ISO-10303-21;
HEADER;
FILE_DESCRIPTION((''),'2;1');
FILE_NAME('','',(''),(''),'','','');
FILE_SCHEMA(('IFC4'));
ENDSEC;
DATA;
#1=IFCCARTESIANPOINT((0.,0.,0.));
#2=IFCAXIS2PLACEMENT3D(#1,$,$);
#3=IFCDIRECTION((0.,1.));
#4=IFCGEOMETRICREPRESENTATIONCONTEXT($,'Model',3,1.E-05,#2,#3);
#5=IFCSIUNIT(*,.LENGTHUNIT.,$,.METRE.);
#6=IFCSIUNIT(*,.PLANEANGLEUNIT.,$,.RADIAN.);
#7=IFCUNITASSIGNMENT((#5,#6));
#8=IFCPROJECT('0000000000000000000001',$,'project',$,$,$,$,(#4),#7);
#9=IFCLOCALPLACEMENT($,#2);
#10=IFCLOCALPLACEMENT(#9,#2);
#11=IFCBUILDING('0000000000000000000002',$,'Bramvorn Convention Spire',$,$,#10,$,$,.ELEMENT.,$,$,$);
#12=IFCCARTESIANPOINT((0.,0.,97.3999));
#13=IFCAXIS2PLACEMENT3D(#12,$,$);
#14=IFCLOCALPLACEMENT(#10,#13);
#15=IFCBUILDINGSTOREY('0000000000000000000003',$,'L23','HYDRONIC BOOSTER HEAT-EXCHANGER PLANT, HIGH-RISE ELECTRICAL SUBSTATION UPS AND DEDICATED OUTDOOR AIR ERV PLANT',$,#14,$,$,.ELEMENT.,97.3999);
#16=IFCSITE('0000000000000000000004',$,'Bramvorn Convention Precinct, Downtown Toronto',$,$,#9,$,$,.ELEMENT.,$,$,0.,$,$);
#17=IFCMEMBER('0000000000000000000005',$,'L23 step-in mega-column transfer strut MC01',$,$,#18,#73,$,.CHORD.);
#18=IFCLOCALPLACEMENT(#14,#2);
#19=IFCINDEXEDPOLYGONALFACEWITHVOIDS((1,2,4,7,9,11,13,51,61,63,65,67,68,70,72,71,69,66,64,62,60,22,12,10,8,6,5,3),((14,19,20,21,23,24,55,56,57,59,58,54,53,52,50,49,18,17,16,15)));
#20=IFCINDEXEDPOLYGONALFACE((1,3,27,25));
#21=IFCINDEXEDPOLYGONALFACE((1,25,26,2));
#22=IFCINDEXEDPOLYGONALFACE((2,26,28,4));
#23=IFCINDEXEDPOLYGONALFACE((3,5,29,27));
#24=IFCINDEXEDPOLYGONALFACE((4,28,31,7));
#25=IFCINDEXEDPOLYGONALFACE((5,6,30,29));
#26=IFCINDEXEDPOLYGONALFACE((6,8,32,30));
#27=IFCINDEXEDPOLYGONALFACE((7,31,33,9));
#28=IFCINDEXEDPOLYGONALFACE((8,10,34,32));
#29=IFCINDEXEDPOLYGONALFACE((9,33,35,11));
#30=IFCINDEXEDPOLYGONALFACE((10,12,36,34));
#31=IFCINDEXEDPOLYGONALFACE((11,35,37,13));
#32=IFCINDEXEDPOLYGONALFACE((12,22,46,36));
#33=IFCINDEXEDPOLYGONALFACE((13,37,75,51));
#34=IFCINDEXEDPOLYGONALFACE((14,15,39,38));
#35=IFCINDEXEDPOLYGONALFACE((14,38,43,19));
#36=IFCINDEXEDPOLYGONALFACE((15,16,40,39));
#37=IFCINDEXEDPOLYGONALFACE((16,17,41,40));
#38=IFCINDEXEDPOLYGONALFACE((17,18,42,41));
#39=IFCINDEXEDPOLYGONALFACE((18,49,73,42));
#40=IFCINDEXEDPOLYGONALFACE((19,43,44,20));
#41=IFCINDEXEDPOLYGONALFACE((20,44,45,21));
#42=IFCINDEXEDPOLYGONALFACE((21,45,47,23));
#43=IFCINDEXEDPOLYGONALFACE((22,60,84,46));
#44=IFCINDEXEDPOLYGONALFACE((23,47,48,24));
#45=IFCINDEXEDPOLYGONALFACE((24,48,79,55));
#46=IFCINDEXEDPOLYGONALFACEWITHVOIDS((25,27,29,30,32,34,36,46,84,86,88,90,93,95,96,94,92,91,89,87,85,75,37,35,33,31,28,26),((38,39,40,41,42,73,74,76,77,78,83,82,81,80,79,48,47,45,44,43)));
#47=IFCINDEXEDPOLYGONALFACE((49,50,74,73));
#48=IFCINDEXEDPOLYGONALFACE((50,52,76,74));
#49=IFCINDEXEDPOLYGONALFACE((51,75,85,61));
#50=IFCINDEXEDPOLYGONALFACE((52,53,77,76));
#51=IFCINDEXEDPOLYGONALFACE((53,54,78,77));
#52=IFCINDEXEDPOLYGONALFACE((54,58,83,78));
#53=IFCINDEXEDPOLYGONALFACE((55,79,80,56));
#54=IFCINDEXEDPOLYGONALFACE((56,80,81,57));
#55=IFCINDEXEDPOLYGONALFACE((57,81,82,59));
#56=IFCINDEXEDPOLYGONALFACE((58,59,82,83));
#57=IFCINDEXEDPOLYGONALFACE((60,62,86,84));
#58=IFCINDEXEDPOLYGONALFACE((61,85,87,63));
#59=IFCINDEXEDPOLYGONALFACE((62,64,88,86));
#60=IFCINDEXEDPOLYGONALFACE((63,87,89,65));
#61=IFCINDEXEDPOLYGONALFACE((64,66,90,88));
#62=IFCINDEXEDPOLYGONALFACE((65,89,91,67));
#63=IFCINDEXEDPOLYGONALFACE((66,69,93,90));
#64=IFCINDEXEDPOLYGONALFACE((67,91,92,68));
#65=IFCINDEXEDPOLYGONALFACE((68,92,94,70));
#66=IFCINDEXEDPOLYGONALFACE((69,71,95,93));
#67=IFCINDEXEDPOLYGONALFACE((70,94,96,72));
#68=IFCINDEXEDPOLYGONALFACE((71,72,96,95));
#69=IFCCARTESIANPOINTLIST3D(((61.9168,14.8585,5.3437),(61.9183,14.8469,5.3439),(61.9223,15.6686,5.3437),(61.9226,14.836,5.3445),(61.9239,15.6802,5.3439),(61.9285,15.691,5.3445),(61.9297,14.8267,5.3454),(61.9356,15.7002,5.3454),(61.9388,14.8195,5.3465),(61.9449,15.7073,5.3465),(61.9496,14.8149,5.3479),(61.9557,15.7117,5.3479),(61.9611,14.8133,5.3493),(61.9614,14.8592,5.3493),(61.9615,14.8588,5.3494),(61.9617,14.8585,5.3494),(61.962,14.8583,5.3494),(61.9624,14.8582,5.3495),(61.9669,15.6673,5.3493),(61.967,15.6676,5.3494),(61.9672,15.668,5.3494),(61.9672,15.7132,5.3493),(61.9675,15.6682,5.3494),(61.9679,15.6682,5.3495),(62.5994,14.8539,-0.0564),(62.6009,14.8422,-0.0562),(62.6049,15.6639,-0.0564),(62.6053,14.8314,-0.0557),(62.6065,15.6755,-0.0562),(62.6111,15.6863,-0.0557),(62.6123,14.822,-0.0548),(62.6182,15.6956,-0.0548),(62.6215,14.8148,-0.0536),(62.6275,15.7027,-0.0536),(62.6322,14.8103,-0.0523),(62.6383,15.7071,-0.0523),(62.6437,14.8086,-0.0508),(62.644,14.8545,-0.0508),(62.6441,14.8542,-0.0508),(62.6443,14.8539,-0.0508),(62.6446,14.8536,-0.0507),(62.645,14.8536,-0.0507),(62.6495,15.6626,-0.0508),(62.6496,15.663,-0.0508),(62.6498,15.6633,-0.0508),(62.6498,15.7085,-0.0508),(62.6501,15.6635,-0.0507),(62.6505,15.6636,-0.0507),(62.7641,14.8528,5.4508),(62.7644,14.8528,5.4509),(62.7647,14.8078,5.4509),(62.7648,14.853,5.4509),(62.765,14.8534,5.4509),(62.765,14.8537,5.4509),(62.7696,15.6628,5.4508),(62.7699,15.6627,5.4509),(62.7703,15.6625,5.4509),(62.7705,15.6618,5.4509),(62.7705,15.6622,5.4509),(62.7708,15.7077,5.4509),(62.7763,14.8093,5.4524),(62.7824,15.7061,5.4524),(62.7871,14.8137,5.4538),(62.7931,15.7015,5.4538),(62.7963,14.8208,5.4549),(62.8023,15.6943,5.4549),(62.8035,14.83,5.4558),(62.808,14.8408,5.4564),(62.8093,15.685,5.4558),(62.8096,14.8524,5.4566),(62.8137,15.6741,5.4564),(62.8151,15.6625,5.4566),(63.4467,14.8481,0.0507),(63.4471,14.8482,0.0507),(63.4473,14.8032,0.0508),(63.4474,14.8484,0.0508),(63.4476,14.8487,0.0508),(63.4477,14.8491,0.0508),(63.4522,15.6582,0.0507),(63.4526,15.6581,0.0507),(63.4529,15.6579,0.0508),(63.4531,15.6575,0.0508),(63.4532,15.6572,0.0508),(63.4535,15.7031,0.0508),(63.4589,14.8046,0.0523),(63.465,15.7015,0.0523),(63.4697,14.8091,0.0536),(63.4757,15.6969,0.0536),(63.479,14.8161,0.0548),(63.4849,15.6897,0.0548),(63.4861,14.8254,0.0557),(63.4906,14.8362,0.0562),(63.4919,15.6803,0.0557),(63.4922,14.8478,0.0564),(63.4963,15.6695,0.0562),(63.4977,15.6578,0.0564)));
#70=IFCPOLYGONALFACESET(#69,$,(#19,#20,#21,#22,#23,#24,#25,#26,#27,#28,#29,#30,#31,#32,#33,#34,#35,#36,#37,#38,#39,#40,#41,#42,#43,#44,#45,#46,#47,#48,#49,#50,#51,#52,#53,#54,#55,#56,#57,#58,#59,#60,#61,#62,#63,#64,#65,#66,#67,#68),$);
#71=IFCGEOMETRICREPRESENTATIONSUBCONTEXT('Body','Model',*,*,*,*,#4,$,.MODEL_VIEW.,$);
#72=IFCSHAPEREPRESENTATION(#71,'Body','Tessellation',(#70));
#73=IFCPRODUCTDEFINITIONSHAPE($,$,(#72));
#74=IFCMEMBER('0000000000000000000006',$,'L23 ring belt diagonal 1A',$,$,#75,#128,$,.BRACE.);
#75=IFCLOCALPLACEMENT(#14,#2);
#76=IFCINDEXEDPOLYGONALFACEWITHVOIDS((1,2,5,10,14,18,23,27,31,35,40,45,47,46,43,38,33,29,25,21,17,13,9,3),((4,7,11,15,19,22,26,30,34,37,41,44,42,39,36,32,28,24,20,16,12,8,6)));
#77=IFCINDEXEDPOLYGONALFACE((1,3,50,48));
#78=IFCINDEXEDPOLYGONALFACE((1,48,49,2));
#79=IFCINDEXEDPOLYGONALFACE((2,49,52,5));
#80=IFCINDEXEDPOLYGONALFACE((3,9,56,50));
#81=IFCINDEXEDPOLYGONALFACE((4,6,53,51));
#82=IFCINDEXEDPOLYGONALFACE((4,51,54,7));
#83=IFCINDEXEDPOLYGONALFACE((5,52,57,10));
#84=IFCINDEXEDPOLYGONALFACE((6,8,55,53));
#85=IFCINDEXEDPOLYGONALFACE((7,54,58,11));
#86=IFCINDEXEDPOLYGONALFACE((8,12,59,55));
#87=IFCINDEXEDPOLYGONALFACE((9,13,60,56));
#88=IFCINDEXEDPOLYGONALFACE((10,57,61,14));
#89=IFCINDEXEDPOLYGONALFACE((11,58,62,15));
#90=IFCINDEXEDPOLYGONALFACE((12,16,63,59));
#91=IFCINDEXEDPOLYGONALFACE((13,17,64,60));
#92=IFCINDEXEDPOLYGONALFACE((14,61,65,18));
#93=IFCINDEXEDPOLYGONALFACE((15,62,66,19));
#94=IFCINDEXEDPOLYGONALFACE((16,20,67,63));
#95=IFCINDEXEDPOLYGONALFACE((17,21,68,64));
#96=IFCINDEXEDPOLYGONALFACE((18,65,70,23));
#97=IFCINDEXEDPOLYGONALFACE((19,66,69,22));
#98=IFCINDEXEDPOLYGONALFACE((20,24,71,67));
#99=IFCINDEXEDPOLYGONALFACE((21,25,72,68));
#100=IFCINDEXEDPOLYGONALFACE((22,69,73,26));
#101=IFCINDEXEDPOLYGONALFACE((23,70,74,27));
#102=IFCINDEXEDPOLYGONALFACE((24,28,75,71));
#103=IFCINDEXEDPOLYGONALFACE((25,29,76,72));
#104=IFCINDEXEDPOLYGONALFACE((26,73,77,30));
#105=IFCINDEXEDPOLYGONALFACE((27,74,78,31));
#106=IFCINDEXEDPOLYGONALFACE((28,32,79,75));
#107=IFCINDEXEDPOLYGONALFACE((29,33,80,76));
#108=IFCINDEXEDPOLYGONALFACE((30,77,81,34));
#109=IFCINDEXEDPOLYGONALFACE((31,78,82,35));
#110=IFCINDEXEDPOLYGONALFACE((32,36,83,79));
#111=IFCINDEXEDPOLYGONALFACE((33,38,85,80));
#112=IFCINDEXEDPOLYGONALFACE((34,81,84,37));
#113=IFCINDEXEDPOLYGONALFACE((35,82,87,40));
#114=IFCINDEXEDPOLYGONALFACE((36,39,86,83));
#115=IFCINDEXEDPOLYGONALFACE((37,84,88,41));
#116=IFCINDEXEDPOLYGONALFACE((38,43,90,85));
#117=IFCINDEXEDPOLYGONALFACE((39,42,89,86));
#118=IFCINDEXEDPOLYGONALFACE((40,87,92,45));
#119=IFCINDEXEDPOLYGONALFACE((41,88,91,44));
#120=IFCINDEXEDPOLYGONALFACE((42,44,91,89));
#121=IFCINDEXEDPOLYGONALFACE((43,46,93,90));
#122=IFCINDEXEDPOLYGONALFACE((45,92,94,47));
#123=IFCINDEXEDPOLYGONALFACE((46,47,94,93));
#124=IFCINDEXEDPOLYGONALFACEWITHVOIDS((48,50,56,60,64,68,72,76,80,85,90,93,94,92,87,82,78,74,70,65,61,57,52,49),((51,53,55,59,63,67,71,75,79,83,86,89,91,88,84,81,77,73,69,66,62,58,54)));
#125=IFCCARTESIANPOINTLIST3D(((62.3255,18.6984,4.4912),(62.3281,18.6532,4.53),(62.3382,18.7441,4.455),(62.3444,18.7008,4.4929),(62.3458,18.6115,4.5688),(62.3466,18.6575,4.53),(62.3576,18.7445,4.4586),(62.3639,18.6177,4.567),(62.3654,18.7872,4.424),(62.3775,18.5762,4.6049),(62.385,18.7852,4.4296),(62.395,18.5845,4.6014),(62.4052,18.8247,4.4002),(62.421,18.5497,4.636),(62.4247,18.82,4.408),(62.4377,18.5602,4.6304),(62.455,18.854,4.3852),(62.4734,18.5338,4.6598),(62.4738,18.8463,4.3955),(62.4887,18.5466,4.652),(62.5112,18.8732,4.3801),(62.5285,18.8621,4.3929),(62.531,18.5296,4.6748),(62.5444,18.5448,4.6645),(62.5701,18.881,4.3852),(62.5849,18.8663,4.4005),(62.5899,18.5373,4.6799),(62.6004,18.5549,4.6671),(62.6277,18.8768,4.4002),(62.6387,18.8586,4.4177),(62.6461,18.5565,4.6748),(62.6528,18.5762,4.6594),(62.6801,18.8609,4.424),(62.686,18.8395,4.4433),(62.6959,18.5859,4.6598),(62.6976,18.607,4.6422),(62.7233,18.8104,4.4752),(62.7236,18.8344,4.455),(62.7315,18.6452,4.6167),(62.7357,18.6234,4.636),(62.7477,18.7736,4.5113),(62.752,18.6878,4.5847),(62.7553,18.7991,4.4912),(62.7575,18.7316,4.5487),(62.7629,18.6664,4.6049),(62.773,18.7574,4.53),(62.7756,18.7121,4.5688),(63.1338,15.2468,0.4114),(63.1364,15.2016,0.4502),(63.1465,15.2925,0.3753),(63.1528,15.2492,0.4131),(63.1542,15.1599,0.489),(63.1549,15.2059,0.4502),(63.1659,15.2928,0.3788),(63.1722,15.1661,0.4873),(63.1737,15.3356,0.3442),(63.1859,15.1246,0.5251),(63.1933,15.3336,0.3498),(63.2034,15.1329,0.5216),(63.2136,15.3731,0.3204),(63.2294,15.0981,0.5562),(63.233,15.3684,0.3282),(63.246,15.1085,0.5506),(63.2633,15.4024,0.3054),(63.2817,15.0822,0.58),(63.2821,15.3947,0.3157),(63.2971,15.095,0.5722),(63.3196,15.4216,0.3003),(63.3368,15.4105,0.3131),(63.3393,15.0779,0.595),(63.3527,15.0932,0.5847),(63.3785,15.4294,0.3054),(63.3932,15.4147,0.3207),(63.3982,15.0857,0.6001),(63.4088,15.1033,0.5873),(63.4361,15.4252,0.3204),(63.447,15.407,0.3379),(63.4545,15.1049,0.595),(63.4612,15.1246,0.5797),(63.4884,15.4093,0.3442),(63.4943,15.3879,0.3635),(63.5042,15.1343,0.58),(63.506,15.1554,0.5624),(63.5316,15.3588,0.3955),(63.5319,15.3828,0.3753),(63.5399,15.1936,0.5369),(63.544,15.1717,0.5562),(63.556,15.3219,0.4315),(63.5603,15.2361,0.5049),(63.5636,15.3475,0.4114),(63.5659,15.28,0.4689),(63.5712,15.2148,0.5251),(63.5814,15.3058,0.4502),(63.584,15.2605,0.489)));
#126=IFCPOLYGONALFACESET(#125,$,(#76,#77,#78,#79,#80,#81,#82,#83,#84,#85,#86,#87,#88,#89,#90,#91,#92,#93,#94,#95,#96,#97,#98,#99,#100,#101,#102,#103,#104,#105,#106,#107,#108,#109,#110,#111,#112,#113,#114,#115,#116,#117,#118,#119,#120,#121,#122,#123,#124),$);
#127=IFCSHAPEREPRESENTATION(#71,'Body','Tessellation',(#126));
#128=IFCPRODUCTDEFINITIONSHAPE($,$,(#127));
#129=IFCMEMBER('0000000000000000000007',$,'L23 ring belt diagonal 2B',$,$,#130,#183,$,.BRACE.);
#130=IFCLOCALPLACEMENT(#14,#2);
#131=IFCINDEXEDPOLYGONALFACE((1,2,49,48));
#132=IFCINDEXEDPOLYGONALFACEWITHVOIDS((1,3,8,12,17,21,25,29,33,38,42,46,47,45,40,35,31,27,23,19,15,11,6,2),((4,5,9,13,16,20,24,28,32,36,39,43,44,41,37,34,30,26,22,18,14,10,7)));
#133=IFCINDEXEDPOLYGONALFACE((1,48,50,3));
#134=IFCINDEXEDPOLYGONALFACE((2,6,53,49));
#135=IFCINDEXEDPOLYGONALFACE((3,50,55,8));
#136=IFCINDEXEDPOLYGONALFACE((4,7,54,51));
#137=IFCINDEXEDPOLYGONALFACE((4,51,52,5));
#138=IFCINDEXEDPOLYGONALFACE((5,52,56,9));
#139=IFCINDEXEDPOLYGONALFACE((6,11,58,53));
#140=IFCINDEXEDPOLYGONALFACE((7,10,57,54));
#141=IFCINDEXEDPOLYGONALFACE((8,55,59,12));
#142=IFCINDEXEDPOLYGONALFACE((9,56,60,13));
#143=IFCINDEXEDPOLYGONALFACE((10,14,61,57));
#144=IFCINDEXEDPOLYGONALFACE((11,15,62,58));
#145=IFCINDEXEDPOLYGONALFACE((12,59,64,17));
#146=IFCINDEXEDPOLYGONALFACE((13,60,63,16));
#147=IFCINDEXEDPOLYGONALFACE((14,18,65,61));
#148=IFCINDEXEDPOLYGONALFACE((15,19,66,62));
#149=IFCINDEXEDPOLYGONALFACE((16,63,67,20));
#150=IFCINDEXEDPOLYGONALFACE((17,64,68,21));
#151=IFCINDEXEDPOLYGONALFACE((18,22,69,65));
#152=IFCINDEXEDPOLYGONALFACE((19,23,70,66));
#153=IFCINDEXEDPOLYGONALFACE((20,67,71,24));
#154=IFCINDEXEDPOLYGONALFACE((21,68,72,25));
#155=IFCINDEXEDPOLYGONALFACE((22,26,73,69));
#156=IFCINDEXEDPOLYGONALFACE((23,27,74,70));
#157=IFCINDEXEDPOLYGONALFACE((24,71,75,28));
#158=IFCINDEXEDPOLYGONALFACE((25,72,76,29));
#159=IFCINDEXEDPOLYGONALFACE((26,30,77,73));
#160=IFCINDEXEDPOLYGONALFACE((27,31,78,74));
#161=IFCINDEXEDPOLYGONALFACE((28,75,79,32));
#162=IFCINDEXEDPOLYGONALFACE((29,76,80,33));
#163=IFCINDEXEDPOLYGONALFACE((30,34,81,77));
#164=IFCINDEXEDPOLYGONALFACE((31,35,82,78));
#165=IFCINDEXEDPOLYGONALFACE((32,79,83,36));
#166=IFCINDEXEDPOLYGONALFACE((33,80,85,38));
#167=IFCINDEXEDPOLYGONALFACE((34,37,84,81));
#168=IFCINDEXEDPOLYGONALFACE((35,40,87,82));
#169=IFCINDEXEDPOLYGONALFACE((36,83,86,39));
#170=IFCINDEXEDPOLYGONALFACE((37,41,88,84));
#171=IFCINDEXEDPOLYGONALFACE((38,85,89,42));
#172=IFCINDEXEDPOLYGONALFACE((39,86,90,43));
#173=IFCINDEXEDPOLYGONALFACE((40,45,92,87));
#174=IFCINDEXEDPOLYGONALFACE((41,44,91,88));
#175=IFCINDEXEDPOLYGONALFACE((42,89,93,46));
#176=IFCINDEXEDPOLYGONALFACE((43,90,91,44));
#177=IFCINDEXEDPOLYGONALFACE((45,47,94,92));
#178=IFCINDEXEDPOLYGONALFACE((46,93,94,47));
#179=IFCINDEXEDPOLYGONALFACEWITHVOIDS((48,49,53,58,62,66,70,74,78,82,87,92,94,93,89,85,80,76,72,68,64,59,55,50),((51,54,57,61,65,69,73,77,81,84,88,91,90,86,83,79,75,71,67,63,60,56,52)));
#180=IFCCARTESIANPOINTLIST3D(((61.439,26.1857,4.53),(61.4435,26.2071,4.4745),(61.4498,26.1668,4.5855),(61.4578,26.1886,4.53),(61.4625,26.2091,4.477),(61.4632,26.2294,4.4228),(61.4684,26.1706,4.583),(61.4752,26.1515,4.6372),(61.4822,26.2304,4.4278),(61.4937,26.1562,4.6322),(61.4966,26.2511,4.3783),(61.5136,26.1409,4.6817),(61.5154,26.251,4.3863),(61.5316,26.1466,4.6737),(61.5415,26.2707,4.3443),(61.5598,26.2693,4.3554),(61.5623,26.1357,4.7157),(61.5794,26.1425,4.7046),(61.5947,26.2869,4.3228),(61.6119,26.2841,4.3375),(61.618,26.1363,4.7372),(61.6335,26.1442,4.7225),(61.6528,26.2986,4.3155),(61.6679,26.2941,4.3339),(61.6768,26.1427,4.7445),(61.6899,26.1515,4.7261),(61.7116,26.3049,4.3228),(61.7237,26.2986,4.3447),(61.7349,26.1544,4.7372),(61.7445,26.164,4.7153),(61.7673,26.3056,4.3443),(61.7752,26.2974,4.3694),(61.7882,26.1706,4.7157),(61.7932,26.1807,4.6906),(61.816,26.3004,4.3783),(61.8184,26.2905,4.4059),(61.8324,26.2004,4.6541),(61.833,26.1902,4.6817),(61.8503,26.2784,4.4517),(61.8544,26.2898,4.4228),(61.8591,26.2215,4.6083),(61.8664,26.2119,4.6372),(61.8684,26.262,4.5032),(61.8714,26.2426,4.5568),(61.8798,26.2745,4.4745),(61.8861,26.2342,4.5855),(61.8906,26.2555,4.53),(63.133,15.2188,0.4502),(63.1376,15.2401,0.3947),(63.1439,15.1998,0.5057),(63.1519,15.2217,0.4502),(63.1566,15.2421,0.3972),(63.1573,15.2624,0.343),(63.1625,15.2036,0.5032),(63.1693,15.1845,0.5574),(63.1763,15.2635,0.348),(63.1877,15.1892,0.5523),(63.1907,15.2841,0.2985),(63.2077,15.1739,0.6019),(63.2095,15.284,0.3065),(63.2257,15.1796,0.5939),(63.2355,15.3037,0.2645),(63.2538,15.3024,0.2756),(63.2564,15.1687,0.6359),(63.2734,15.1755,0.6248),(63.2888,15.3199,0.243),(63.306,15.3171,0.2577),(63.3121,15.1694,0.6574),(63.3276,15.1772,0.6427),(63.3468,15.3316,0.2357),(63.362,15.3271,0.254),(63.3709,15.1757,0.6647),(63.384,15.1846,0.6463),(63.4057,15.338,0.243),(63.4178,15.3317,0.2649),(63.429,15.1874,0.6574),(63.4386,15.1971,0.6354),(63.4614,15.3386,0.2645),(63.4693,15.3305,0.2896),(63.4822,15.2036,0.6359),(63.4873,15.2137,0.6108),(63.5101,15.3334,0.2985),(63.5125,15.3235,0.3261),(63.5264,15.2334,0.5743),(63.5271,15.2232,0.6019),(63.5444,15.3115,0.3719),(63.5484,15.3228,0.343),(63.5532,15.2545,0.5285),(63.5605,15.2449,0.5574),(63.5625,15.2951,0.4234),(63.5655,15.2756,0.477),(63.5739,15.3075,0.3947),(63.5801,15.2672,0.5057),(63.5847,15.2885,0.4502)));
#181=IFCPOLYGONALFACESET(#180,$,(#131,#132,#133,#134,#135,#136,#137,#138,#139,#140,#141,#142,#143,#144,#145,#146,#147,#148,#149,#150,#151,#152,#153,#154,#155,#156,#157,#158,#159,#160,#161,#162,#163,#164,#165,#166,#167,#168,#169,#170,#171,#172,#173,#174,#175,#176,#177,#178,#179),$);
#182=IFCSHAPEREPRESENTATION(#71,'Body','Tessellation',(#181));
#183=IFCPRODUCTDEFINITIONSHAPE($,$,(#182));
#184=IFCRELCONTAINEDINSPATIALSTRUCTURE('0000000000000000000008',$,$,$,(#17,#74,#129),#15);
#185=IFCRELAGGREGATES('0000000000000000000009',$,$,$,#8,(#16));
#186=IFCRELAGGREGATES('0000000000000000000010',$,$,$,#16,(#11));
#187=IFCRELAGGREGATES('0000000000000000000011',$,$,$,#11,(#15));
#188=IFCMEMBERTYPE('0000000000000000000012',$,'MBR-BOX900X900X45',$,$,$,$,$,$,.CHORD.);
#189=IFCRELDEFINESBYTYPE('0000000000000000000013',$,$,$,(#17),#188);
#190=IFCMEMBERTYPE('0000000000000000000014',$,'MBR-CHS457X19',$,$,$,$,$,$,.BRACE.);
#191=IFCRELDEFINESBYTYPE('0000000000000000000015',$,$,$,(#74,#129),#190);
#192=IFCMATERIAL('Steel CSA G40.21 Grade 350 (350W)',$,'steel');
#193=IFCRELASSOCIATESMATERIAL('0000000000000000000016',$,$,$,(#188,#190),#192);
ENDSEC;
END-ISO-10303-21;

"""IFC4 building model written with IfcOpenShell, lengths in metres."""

from ifc_helpers import new_model, si_unit, direction, frame, origin, origin_2d, place, context, subcontext, project, spatial, hollow_rectangle, hollow_circle, extrude, material, material_profile, profile_set, type_object, element, save


model = new_model("IFC4")

# Units and contexts
model_context = context("Model", 3, precision=1e-05, world=origin(), true_north=direction((0.0, 1.0)))
body_context = subcontext(model_context, "Body", "Model", "MODEL_VIEW")
ifc_project = project(units=[si_unit("LENGTHUNIT", "METRE"), si_unit("PLANEANGLEUNIT", "RADIAN")], contexts=[model_context])

# Site, building, storey
site_placement = place(None, origin())
site = spatial("IfcSite", under=ifc_project, at=site_placement, Name="Bramvorn Convention Precinct, Downtown Toronto", CompositionType="ELEMENT", RefElevation=0.0)
building_placement = place(site_placement, origin())
building = spatial("IfcBuilding", under=site, at=building_placement, Name="Bramvorn Convention Spire", CompositionType="ELEMENT")
storey_placement = place(building_placement, frame((0.0, 0.0, 97.3999)))
storey = spatial("IfcBuildingStorey", under=building, at=storey_placement, Name="L23", Description="HYDRONIC BOOSTER HEAT-EXCHANGER PLANT, HIGH-RISE ELECTRICAL SUBSTATION UPS AND DEDICATED OUTDOOR AIR ERV PLANT", CompositionType="ELEMENT", Elevation=97.3999)

# Shared definitions
ifc_material_1 = material(Name="Steel CSA G40.21 Grade 350 (350W)", Category="steel")

# Members
ifc_material_profile_1 = material_profile(ifc_material_1, hollow_rectangle(XDim=0.8999, YDim=0.8999, WallThickness=0.0449, InnerFilletRadius=0.001, OuterFilletRadius=0.0449, at=origin_2d()))
ifc_profile_set_1 = profile_set([ifc_material_profile_1], Name="Steel CSA G40.21 Grade 350 (350W) - BOX900X900X45")
member_type_1 = type_object("IfcMemberType", Name="MBR-BOX900X900X45", PredefinedType="CHORD", material=ifc_profile_set_1)
member_1_placement = place(storey_placement, frame((63.0486, 15.2559, 0.0), z_axis=(-0.125409, 0.000852, 0.992105), x_axis=(-0.006795, -0.999977, 0.0)))
element("IfcMember", 1, at=member_1_placement, inside=storey, type_object=member_type_1, Name="L23 step-in mega-column transfer strut MC01", PredefinedType="CHORD", context=body_context, shape_type="SweptSolid", body=[
    extrude(hollow_rectangle(XDim=0.8999, YDim=0.8999, WallThickness=0.0449, InnerFilletRadius=0.001, OuterFilletRadius=0.0449, at=origin_2d()), origin(), (0.0, 0.0, 1.0), 5.4431),
])
ifc_material_profile_2 = material_profile(ifc_material_1, hollow_circle(Radius=0.2285, WallThickness=0.019, at=origin_2d()))
ifc_profile_set_2 = profile_set([ifc_material_profile_2], Name="Steel CSA G40.21 Grade 350 (350W) - CHS457X19")
member_type_2 = type_object("IfcMemberType", Name="MBR-CHS457X19", PredefinedType="BRACE", material=ifc_profile_set_2)
member_2_placement = place(storey_placement, frame((63.3589, 15.2537, 0.4502), z_axis=(-0.14956, 0.638622, 0.754846), x_axis=(-0.973656, -0.228022, 0.0)))
element("IfcMember", 2, at=member_2_placement, inside=storey, type_object=member_type_2, Name="L23 ring belt diagonal 1A", PredefinedType="BRACE", context=body_context, shape_type="SweptSolid", body=[
    extrude(hollow_circle(Radius=0.2285, WallThickness=0.019, at=origin_2d()), origin(), (0.0, 0.0, 1.0), 5.4048),
])
member_3_placement = place(storey_placement, frame((63.3589, 15.2537, 0.4502), z_axis=(-0.143284, 0.927577, 0.345067), x_axis=(-0.988279, -0.152661, 0.0)))
element("IfcMember", 3, at=member_3_placement, inside=storey, type_object=member_type_2, Name="L23 ring belt diagonal 2B", PredefinedType="BRACE", context=body_context, shape_type="SweptSolid", body=[
    extrude(hollow_circle(Radius=0.2285, WallThickness=0.019, at=origin_2d()), origin(), (0.0, 0.0, 1.0), 11.8232),
])

save(model, "model.ifc")
